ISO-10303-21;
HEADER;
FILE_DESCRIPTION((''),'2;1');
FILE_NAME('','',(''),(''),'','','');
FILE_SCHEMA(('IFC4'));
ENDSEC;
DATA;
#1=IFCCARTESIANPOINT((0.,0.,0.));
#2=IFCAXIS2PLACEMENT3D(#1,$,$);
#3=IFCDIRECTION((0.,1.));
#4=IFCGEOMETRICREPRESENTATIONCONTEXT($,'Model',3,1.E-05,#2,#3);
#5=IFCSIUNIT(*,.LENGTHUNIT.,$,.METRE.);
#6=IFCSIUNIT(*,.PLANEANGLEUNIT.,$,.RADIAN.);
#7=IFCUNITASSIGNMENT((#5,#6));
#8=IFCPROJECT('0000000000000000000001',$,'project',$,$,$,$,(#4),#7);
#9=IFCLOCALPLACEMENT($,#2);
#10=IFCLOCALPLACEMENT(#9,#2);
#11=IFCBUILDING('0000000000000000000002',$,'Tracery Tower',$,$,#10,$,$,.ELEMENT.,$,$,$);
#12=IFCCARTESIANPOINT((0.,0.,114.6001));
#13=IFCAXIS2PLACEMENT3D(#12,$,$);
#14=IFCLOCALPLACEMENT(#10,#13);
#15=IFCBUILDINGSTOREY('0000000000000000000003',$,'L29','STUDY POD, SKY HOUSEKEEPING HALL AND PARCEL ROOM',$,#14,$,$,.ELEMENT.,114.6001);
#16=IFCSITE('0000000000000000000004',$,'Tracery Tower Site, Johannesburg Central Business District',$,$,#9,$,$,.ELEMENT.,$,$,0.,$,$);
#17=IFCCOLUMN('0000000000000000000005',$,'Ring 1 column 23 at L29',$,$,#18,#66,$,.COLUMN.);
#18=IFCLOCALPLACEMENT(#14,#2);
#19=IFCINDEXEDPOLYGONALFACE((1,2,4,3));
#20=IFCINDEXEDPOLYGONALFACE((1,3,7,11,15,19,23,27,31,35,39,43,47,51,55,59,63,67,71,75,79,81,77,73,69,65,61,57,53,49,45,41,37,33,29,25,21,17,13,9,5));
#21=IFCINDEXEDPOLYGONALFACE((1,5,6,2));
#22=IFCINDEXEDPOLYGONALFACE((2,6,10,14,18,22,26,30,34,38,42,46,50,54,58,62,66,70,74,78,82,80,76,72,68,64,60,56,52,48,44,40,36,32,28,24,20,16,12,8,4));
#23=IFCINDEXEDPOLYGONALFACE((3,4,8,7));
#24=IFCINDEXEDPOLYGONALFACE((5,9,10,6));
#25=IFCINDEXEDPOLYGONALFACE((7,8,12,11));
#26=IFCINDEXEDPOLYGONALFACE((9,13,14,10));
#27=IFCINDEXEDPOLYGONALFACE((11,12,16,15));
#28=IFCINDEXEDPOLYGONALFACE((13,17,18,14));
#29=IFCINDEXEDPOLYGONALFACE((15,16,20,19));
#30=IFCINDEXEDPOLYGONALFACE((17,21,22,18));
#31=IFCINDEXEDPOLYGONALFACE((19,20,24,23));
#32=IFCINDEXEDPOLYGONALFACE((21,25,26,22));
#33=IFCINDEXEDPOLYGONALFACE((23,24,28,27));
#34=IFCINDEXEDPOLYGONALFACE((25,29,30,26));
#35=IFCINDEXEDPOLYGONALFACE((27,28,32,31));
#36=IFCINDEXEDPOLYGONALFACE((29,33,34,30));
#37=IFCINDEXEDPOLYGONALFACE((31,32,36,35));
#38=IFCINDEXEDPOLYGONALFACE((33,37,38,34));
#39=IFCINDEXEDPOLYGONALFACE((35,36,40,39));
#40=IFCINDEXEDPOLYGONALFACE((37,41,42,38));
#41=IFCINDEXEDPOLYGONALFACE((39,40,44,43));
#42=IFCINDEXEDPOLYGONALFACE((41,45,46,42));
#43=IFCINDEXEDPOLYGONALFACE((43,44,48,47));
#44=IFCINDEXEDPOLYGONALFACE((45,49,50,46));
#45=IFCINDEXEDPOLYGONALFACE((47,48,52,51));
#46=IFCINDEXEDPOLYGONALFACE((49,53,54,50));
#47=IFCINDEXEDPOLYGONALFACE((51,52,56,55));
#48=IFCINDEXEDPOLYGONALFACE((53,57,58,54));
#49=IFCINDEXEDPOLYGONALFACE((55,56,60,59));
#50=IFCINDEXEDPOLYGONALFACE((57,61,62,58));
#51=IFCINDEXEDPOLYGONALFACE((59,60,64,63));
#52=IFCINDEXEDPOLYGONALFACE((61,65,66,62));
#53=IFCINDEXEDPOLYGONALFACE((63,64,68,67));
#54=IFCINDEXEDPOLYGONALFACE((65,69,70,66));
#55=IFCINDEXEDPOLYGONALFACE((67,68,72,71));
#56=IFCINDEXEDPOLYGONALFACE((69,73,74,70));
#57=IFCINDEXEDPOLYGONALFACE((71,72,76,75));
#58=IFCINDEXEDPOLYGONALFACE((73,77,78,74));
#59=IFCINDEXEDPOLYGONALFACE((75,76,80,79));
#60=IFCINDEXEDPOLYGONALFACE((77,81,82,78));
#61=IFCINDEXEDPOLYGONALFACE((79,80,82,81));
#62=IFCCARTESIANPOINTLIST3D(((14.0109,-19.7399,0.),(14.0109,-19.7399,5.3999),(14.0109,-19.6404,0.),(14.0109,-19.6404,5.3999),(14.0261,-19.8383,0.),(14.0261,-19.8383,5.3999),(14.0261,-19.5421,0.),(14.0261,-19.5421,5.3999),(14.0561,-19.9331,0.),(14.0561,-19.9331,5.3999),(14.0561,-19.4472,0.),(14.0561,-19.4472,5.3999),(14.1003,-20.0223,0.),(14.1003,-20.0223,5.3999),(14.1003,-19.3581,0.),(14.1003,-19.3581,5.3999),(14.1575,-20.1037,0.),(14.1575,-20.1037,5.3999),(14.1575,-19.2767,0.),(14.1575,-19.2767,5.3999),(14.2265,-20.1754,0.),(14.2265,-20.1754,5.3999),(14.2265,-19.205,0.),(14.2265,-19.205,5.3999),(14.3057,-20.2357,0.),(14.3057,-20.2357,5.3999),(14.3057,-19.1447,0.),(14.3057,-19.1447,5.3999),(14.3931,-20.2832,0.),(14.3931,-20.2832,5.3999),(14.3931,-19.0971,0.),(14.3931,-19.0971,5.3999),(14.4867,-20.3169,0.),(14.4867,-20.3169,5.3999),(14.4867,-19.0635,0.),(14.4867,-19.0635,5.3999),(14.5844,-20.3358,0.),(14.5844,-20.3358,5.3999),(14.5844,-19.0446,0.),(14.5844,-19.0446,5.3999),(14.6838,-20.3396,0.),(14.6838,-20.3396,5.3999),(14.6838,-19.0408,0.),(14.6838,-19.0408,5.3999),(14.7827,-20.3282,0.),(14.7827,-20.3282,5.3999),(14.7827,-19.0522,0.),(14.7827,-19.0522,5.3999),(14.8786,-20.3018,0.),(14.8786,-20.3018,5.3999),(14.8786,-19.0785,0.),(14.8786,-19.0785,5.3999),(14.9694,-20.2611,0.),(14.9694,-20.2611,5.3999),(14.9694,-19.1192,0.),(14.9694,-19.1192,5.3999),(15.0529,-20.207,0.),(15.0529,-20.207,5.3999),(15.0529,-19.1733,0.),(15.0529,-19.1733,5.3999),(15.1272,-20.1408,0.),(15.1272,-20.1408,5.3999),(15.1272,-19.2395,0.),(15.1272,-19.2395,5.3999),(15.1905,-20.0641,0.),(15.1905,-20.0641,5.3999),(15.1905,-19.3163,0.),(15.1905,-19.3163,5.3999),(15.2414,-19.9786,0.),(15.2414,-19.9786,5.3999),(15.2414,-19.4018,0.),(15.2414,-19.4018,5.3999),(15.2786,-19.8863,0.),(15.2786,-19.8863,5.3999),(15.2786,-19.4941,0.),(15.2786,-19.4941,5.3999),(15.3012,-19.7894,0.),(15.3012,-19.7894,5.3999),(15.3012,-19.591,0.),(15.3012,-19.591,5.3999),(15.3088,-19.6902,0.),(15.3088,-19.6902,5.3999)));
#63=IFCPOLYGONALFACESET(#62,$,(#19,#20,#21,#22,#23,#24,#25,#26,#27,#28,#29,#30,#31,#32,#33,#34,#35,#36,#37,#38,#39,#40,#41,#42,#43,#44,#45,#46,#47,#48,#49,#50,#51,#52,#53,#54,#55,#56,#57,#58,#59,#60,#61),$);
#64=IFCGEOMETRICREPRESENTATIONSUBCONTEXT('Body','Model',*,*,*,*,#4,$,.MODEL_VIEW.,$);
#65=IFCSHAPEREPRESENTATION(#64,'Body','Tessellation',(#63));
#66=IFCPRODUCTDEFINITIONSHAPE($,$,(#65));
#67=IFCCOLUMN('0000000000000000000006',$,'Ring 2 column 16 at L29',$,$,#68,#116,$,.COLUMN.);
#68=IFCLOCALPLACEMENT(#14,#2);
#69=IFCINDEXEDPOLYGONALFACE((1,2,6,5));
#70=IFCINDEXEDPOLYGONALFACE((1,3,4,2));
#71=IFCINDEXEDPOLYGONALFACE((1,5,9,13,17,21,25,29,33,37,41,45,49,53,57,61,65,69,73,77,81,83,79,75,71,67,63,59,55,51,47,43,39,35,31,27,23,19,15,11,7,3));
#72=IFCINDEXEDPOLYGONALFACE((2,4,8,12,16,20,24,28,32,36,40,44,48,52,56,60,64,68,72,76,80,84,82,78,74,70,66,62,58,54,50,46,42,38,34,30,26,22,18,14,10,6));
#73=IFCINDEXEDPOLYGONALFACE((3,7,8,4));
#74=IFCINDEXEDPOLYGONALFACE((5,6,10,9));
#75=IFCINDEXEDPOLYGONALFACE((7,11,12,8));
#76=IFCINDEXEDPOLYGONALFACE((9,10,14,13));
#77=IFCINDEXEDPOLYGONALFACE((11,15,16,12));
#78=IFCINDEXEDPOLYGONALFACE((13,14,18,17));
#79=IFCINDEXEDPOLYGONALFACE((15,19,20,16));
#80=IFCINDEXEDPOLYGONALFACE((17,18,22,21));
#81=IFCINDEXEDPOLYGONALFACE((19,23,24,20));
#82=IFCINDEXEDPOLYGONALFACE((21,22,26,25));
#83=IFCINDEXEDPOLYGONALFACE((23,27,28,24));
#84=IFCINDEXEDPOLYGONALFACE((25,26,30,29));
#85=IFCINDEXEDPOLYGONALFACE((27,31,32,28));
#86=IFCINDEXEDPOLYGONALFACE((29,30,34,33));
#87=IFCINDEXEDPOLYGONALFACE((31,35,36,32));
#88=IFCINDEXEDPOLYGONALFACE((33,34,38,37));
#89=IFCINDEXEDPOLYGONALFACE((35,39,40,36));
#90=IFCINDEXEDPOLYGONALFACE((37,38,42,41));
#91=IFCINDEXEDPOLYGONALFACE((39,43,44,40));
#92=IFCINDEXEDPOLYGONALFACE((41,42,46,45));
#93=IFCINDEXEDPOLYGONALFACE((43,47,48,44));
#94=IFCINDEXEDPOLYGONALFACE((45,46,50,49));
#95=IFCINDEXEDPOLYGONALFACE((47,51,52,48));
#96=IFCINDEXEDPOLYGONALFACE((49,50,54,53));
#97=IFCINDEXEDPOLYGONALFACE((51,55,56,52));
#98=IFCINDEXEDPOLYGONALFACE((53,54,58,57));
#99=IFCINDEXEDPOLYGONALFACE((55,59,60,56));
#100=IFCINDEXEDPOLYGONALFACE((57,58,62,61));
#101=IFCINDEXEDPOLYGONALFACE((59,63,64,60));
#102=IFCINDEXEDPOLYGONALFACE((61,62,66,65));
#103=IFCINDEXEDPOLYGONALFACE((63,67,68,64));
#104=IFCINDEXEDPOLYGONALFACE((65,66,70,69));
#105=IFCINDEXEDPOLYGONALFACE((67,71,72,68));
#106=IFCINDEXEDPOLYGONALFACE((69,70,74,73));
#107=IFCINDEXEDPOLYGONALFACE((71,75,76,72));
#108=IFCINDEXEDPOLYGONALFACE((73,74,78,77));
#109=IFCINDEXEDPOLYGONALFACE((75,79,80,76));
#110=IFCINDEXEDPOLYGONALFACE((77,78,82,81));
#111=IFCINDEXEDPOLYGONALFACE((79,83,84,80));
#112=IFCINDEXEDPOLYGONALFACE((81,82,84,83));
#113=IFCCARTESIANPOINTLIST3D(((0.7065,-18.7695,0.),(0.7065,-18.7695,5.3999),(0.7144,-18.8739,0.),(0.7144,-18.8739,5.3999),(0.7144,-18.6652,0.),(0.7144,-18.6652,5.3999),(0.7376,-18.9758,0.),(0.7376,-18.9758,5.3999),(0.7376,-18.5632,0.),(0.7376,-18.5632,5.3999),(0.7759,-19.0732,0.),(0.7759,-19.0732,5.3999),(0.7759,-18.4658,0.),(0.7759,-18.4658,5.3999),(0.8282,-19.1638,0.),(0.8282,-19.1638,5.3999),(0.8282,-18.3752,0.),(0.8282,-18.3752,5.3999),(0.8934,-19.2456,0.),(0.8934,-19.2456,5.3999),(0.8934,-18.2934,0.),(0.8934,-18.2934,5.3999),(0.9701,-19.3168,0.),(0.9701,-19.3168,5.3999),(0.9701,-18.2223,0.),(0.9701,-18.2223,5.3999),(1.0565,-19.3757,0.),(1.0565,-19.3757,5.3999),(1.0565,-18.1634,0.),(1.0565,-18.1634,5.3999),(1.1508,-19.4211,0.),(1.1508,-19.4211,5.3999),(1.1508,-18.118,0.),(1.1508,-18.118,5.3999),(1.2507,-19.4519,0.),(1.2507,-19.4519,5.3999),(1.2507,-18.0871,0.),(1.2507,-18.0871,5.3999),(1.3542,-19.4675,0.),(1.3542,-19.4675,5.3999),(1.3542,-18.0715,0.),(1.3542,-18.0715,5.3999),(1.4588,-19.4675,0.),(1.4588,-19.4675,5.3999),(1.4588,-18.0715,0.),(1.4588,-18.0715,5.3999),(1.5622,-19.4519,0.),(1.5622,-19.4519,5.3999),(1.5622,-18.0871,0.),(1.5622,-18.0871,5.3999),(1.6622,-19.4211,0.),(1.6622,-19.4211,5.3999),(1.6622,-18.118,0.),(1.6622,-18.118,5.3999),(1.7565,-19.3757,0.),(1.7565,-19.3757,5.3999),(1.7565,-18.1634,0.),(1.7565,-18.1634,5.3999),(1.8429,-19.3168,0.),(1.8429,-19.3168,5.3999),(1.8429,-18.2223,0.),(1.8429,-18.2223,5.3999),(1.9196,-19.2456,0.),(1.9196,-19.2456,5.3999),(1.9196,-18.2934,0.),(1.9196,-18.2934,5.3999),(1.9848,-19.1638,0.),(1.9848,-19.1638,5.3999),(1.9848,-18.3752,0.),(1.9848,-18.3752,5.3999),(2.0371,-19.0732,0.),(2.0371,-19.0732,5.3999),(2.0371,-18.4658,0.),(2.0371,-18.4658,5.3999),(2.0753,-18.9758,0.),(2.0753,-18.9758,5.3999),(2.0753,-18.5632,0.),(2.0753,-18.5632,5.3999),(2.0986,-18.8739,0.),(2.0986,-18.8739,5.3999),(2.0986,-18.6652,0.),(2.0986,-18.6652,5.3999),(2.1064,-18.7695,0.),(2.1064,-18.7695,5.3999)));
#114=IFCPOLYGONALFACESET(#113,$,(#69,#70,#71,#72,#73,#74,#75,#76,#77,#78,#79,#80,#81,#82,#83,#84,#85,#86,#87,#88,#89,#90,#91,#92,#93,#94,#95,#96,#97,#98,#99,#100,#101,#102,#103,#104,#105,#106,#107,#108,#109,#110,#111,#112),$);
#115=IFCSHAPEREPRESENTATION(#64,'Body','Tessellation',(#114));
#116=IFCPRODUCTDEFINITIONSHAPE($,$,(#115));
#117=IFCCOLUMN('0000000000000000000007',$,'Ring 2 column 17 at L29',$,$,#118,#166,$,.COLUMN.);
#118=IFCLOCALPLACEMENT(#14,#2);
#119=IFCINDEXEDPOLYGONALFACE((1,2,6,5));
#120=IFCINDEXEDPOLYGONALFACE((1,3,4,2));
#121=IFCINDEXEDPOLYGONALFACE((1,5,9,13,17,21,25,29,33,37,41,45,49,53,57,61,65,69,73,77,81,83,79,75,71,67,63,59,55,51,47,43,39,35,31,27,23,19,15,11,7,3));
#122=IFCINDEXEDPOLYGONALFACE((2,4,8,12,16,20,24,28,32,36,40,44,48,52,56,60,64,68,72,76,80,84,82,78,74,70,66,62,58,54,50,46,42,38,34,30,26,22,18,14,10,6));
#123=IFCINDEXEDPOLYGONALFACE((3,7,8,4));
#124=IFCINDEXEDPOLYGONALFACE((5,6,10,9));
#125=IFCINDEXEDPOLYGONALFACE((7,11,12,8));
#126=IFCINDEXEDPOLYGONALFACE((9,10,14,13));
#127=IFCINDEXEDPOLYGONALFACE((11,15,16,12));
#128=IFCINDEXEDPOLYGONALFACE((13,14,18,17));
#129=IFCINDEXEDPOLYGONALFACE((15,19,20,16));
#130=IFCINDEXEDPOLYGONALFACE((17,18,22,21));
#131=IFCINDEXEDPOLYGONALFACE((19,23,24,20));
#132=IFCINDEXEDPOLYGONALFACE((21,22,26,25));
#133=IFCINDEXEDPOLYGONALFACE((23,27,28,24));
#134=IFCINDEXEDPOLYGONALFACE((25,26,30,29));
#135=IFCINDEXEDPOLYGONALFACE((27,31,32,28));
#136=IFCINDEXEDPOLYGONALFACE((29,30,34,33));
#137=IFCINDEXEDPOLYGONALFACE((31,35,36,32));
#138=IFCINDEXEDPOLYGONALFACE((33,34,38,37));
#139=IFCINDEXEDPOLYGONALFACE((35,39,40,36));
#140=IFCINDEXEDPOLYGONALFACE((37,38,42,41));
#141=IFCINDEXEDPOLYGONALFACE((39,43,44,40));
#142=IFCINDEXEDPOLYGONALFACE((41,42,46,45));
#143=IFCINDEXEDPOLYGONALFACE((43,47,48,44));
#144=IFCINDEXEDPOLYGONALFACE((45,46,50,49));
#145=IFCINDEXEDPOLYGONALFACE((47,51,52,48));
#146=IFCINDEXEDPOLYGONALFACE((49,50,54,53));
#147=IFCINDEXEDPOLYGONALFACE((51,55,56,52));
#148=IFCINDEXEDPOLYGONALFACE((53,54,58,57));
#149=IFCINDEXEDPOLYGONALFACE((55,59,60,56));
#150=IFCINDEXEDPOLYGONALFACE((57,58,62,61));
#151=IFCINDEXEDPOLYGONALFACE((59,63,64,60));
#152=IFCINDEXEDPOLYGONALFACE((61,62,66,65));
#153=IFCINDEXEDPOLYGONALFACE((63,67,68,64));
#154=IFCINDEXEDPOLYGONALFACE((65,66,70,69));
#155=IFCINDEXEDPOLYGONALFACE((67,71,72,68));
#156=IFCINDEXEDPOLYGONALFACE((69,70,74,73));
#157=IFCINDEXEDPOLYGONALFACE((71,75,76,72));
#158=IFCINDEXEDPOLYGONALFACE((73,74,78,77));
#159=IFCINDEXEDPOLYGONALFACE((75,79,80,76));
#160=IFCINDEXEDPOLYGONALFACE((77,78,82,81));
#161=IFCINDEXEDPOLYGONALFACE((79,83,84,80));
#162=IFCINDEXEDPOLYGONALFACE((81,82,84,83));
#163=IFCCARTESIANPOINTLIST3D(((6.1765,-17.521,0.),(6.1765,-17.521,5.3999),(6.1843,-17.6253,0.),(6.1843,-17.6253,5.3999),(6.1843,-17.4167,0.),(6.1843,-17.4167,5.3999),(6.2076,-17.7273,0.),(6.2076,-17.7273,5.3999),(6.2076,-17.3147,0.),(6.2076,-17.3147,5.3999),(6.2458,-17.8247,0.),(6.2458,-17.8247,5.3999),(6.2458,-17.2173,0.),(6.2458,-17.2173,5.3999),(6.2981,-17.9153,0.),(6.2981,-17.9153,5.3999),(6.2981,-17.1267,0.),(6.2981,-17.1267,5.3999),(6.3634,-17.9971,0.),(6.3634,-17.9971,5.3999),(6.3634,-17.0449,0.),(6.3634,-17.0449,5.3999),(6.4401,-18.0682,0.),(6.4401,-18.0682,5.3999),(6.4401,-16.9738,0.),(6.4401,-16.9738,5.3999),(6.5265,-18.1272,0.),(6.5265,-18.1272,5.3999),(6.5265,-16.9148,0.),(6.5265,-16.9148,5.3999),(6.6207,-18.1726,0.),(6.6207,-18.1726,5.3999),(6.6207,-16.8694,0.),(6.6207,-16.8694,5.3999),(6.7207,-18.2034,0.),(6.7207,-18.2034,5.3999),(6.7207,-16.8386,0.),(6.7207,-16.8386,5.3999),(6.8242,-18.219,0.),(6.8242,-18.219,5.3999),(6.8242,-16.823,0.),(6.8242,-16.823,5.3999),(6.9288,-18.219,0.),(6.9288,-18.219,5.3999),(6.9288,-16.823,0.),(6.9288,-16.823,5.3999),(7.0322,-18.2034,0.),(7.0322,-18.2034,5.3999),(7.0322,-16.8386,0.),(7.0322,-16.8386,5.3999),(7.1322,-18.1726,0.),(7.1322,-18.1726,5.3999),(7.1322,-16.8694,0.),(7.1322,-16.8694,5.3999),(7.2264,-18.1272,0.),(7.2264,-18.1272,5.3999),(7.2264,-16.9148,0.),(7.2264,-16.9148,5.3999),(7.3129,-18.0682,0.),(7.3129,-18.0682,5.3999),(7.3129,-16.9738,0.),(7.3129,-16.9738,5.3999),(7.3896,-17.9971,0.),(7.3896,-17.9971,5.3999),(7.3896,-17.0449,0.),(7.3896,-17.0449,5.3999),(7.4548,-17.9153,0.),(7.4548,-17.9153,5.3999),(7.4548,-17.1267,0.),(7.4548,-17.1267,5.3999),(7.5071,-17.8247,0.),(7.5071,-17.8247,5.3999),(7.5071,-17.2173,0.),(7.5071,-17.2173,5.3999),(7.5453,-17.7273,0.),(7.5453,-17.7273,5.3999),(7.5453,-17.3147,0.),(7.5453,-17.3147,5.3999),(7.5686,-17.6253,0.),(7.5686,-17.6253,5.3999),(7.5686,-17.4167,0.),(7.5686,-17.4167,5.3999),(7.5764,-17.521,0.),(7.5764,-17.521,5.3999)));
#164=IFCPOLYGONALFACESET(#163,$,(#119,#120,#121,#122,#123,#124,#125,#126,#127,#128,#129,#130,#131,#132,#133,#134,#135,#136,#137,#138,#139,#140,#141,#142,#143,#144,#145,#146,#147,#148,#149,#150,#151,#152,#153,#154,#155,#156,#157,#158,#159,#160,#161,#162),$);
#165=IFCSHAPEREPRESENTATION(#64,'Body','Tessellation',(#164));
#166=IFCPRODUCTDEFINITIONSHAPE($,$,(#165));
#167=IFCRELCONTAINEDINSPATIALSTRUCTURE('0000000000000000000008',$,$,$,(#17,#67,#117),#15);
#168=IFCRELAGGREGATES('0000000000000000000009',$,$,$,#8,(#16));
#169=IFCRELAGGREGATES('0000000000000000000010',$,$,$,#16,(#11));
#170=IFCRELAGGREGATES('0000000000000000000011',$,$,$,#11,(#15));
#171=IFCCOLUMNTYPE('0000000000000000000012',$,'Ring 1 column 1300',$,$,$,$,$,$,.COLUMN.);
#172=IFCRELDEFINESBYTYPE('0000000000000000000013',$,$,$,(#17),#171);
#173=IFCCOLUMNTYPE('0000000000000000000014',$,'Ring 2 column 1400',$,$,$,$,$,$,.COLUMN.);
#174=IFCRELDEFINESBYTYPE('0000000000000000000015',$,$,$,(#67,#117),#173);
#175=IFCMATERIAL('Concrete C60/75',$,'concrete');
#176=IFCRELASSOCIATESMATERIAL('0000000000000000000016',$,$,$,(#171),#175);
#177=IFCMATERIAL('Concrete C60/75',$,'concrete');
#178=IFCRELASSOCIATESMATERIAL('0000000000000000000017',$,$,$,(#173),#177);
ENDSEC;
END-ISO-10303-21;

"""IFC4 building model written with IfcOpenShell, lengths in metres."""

from ifc_helpers import new_model, si_unit, direction, frame, origin, origin_2d, place, context, subcontext, project, spatial, circle, extrude, material, material_profile, profile_set, type_object, element, save


model = new_model("IFC4")

# Units and contexts
model_context = context("Model", 3, precision=1e-05, world=origin(), true_north=direction((0.0, 1.0)))
body_context = subcontext(model_context, "Body", "Model", "MODEL_VIEW")
ifc_project = project(units=[si_unit("LENGTHUNIT", "METRE"), si_unit("PLANEANGLEUNIT", "RADIAN")], contexts=[model_context])

# Site, building, storey
site_placement = place(None, origin())
site = spatial("IfcSite", under=ifc_project, at=site_placement, Name="Tracery Tower Site, Johannesburg Central Business District", CompositionType="ELEMENT", RefElevation=0.0)
building_placement = place(site_placement, origin())
building = spatial("IfcBuilding", under=site, at=building_placement, Name="Tracery Tower", CompositionType="ELEMENT")
storey_placement = place(building_placement, frame((0.0, 0.0, 114.6001)))
storey = spatial("IfcBuildingStorey", under=building, at=storey_placement, Name="L29", Description="STUDY POD, SKY HOUSEKEEPING HALL AND PARCEL ROOM", CompositionType="ELEMENT", Elevation=114.6001)

# Columns
ifc_material_1 = material(Name="Concrete C60/75", Category="concrete")
ifc_material_profile_1 = material_profile(ifc_material_1, circle(Radius=0.6499, at=origin_2d()), Name="RC D1300")
ifc_profile_set_1 = profile_set([ifc_material_profile_1], Name="Concrete C60/75")
column_type_1 = type_object("IfcColumnType", Name="Ring 1 column 1300", PredefinedType="COLUMN", material=ifc_profile_set_1)
column_placement = place(storey_placement, frame((14.6589, -19.6902, 0.0), z_axis=(0.0, 0.0, 1.0), x_axis=(1.0, 0.0, 0.0)))
element("IfcColumn", 1, at=column_placement, inside=storey, type_object=column_type_1, Name="Ring 1 column 23 at L29", PredefinedType="COLUMN", context=body_context, shape_type="SweptSolid", body=[
    extrude(circle(Radius=0.6499, at=origin_2d()), origin(), (0.0, 0.0, 1.0), 5.3999),
])
ifc_material_2 = material(Name="Concrete C60/75", Category="concrete")
ifc_material_profile_2 = material_profile(ifc_material_2, circle(Radius=0.7, at=origin_2d()), Name="RC D1400")
ifc_profile_set_2 = profile_set([ifc_material_profile_2], Name="Concrete C60/75")
column_type_2 = type_object("IfcColumnType", Name="Ring 2 column 1400", PredefinedType="COLUMN", material=ifc_profile_set_2)
for number, where, z_axis, x_axis, name in (
    (2, (1.4065, -18.7695, 0.0), (0.0, 0.0, 1.0), (1.0, 0.0, 0.0), "Ring 2 column 16 at L29"),
    (3, (6.8765, -17.521, 0.0), (0.0, 0.0, 1.0), (1.0, 0.0, 0.0), "Ring 2 column 17 at L29"),
):
    element("IfcColumn", number, at=place(storey_placement, frame(where, z_axis=z_axis, x_axis=x_axis)), inside=storey, type_object=column_type_2, Name=name, PredefinedType="COLUMN", context=body_context, shape_type="SweptSolid", body=[
        extrude(circle(Radius=0.7, at=origin_2d()), origin(), (0.0, 0.0, 1.0), 5.3999),
    ])

save(model, "model.ifc")
